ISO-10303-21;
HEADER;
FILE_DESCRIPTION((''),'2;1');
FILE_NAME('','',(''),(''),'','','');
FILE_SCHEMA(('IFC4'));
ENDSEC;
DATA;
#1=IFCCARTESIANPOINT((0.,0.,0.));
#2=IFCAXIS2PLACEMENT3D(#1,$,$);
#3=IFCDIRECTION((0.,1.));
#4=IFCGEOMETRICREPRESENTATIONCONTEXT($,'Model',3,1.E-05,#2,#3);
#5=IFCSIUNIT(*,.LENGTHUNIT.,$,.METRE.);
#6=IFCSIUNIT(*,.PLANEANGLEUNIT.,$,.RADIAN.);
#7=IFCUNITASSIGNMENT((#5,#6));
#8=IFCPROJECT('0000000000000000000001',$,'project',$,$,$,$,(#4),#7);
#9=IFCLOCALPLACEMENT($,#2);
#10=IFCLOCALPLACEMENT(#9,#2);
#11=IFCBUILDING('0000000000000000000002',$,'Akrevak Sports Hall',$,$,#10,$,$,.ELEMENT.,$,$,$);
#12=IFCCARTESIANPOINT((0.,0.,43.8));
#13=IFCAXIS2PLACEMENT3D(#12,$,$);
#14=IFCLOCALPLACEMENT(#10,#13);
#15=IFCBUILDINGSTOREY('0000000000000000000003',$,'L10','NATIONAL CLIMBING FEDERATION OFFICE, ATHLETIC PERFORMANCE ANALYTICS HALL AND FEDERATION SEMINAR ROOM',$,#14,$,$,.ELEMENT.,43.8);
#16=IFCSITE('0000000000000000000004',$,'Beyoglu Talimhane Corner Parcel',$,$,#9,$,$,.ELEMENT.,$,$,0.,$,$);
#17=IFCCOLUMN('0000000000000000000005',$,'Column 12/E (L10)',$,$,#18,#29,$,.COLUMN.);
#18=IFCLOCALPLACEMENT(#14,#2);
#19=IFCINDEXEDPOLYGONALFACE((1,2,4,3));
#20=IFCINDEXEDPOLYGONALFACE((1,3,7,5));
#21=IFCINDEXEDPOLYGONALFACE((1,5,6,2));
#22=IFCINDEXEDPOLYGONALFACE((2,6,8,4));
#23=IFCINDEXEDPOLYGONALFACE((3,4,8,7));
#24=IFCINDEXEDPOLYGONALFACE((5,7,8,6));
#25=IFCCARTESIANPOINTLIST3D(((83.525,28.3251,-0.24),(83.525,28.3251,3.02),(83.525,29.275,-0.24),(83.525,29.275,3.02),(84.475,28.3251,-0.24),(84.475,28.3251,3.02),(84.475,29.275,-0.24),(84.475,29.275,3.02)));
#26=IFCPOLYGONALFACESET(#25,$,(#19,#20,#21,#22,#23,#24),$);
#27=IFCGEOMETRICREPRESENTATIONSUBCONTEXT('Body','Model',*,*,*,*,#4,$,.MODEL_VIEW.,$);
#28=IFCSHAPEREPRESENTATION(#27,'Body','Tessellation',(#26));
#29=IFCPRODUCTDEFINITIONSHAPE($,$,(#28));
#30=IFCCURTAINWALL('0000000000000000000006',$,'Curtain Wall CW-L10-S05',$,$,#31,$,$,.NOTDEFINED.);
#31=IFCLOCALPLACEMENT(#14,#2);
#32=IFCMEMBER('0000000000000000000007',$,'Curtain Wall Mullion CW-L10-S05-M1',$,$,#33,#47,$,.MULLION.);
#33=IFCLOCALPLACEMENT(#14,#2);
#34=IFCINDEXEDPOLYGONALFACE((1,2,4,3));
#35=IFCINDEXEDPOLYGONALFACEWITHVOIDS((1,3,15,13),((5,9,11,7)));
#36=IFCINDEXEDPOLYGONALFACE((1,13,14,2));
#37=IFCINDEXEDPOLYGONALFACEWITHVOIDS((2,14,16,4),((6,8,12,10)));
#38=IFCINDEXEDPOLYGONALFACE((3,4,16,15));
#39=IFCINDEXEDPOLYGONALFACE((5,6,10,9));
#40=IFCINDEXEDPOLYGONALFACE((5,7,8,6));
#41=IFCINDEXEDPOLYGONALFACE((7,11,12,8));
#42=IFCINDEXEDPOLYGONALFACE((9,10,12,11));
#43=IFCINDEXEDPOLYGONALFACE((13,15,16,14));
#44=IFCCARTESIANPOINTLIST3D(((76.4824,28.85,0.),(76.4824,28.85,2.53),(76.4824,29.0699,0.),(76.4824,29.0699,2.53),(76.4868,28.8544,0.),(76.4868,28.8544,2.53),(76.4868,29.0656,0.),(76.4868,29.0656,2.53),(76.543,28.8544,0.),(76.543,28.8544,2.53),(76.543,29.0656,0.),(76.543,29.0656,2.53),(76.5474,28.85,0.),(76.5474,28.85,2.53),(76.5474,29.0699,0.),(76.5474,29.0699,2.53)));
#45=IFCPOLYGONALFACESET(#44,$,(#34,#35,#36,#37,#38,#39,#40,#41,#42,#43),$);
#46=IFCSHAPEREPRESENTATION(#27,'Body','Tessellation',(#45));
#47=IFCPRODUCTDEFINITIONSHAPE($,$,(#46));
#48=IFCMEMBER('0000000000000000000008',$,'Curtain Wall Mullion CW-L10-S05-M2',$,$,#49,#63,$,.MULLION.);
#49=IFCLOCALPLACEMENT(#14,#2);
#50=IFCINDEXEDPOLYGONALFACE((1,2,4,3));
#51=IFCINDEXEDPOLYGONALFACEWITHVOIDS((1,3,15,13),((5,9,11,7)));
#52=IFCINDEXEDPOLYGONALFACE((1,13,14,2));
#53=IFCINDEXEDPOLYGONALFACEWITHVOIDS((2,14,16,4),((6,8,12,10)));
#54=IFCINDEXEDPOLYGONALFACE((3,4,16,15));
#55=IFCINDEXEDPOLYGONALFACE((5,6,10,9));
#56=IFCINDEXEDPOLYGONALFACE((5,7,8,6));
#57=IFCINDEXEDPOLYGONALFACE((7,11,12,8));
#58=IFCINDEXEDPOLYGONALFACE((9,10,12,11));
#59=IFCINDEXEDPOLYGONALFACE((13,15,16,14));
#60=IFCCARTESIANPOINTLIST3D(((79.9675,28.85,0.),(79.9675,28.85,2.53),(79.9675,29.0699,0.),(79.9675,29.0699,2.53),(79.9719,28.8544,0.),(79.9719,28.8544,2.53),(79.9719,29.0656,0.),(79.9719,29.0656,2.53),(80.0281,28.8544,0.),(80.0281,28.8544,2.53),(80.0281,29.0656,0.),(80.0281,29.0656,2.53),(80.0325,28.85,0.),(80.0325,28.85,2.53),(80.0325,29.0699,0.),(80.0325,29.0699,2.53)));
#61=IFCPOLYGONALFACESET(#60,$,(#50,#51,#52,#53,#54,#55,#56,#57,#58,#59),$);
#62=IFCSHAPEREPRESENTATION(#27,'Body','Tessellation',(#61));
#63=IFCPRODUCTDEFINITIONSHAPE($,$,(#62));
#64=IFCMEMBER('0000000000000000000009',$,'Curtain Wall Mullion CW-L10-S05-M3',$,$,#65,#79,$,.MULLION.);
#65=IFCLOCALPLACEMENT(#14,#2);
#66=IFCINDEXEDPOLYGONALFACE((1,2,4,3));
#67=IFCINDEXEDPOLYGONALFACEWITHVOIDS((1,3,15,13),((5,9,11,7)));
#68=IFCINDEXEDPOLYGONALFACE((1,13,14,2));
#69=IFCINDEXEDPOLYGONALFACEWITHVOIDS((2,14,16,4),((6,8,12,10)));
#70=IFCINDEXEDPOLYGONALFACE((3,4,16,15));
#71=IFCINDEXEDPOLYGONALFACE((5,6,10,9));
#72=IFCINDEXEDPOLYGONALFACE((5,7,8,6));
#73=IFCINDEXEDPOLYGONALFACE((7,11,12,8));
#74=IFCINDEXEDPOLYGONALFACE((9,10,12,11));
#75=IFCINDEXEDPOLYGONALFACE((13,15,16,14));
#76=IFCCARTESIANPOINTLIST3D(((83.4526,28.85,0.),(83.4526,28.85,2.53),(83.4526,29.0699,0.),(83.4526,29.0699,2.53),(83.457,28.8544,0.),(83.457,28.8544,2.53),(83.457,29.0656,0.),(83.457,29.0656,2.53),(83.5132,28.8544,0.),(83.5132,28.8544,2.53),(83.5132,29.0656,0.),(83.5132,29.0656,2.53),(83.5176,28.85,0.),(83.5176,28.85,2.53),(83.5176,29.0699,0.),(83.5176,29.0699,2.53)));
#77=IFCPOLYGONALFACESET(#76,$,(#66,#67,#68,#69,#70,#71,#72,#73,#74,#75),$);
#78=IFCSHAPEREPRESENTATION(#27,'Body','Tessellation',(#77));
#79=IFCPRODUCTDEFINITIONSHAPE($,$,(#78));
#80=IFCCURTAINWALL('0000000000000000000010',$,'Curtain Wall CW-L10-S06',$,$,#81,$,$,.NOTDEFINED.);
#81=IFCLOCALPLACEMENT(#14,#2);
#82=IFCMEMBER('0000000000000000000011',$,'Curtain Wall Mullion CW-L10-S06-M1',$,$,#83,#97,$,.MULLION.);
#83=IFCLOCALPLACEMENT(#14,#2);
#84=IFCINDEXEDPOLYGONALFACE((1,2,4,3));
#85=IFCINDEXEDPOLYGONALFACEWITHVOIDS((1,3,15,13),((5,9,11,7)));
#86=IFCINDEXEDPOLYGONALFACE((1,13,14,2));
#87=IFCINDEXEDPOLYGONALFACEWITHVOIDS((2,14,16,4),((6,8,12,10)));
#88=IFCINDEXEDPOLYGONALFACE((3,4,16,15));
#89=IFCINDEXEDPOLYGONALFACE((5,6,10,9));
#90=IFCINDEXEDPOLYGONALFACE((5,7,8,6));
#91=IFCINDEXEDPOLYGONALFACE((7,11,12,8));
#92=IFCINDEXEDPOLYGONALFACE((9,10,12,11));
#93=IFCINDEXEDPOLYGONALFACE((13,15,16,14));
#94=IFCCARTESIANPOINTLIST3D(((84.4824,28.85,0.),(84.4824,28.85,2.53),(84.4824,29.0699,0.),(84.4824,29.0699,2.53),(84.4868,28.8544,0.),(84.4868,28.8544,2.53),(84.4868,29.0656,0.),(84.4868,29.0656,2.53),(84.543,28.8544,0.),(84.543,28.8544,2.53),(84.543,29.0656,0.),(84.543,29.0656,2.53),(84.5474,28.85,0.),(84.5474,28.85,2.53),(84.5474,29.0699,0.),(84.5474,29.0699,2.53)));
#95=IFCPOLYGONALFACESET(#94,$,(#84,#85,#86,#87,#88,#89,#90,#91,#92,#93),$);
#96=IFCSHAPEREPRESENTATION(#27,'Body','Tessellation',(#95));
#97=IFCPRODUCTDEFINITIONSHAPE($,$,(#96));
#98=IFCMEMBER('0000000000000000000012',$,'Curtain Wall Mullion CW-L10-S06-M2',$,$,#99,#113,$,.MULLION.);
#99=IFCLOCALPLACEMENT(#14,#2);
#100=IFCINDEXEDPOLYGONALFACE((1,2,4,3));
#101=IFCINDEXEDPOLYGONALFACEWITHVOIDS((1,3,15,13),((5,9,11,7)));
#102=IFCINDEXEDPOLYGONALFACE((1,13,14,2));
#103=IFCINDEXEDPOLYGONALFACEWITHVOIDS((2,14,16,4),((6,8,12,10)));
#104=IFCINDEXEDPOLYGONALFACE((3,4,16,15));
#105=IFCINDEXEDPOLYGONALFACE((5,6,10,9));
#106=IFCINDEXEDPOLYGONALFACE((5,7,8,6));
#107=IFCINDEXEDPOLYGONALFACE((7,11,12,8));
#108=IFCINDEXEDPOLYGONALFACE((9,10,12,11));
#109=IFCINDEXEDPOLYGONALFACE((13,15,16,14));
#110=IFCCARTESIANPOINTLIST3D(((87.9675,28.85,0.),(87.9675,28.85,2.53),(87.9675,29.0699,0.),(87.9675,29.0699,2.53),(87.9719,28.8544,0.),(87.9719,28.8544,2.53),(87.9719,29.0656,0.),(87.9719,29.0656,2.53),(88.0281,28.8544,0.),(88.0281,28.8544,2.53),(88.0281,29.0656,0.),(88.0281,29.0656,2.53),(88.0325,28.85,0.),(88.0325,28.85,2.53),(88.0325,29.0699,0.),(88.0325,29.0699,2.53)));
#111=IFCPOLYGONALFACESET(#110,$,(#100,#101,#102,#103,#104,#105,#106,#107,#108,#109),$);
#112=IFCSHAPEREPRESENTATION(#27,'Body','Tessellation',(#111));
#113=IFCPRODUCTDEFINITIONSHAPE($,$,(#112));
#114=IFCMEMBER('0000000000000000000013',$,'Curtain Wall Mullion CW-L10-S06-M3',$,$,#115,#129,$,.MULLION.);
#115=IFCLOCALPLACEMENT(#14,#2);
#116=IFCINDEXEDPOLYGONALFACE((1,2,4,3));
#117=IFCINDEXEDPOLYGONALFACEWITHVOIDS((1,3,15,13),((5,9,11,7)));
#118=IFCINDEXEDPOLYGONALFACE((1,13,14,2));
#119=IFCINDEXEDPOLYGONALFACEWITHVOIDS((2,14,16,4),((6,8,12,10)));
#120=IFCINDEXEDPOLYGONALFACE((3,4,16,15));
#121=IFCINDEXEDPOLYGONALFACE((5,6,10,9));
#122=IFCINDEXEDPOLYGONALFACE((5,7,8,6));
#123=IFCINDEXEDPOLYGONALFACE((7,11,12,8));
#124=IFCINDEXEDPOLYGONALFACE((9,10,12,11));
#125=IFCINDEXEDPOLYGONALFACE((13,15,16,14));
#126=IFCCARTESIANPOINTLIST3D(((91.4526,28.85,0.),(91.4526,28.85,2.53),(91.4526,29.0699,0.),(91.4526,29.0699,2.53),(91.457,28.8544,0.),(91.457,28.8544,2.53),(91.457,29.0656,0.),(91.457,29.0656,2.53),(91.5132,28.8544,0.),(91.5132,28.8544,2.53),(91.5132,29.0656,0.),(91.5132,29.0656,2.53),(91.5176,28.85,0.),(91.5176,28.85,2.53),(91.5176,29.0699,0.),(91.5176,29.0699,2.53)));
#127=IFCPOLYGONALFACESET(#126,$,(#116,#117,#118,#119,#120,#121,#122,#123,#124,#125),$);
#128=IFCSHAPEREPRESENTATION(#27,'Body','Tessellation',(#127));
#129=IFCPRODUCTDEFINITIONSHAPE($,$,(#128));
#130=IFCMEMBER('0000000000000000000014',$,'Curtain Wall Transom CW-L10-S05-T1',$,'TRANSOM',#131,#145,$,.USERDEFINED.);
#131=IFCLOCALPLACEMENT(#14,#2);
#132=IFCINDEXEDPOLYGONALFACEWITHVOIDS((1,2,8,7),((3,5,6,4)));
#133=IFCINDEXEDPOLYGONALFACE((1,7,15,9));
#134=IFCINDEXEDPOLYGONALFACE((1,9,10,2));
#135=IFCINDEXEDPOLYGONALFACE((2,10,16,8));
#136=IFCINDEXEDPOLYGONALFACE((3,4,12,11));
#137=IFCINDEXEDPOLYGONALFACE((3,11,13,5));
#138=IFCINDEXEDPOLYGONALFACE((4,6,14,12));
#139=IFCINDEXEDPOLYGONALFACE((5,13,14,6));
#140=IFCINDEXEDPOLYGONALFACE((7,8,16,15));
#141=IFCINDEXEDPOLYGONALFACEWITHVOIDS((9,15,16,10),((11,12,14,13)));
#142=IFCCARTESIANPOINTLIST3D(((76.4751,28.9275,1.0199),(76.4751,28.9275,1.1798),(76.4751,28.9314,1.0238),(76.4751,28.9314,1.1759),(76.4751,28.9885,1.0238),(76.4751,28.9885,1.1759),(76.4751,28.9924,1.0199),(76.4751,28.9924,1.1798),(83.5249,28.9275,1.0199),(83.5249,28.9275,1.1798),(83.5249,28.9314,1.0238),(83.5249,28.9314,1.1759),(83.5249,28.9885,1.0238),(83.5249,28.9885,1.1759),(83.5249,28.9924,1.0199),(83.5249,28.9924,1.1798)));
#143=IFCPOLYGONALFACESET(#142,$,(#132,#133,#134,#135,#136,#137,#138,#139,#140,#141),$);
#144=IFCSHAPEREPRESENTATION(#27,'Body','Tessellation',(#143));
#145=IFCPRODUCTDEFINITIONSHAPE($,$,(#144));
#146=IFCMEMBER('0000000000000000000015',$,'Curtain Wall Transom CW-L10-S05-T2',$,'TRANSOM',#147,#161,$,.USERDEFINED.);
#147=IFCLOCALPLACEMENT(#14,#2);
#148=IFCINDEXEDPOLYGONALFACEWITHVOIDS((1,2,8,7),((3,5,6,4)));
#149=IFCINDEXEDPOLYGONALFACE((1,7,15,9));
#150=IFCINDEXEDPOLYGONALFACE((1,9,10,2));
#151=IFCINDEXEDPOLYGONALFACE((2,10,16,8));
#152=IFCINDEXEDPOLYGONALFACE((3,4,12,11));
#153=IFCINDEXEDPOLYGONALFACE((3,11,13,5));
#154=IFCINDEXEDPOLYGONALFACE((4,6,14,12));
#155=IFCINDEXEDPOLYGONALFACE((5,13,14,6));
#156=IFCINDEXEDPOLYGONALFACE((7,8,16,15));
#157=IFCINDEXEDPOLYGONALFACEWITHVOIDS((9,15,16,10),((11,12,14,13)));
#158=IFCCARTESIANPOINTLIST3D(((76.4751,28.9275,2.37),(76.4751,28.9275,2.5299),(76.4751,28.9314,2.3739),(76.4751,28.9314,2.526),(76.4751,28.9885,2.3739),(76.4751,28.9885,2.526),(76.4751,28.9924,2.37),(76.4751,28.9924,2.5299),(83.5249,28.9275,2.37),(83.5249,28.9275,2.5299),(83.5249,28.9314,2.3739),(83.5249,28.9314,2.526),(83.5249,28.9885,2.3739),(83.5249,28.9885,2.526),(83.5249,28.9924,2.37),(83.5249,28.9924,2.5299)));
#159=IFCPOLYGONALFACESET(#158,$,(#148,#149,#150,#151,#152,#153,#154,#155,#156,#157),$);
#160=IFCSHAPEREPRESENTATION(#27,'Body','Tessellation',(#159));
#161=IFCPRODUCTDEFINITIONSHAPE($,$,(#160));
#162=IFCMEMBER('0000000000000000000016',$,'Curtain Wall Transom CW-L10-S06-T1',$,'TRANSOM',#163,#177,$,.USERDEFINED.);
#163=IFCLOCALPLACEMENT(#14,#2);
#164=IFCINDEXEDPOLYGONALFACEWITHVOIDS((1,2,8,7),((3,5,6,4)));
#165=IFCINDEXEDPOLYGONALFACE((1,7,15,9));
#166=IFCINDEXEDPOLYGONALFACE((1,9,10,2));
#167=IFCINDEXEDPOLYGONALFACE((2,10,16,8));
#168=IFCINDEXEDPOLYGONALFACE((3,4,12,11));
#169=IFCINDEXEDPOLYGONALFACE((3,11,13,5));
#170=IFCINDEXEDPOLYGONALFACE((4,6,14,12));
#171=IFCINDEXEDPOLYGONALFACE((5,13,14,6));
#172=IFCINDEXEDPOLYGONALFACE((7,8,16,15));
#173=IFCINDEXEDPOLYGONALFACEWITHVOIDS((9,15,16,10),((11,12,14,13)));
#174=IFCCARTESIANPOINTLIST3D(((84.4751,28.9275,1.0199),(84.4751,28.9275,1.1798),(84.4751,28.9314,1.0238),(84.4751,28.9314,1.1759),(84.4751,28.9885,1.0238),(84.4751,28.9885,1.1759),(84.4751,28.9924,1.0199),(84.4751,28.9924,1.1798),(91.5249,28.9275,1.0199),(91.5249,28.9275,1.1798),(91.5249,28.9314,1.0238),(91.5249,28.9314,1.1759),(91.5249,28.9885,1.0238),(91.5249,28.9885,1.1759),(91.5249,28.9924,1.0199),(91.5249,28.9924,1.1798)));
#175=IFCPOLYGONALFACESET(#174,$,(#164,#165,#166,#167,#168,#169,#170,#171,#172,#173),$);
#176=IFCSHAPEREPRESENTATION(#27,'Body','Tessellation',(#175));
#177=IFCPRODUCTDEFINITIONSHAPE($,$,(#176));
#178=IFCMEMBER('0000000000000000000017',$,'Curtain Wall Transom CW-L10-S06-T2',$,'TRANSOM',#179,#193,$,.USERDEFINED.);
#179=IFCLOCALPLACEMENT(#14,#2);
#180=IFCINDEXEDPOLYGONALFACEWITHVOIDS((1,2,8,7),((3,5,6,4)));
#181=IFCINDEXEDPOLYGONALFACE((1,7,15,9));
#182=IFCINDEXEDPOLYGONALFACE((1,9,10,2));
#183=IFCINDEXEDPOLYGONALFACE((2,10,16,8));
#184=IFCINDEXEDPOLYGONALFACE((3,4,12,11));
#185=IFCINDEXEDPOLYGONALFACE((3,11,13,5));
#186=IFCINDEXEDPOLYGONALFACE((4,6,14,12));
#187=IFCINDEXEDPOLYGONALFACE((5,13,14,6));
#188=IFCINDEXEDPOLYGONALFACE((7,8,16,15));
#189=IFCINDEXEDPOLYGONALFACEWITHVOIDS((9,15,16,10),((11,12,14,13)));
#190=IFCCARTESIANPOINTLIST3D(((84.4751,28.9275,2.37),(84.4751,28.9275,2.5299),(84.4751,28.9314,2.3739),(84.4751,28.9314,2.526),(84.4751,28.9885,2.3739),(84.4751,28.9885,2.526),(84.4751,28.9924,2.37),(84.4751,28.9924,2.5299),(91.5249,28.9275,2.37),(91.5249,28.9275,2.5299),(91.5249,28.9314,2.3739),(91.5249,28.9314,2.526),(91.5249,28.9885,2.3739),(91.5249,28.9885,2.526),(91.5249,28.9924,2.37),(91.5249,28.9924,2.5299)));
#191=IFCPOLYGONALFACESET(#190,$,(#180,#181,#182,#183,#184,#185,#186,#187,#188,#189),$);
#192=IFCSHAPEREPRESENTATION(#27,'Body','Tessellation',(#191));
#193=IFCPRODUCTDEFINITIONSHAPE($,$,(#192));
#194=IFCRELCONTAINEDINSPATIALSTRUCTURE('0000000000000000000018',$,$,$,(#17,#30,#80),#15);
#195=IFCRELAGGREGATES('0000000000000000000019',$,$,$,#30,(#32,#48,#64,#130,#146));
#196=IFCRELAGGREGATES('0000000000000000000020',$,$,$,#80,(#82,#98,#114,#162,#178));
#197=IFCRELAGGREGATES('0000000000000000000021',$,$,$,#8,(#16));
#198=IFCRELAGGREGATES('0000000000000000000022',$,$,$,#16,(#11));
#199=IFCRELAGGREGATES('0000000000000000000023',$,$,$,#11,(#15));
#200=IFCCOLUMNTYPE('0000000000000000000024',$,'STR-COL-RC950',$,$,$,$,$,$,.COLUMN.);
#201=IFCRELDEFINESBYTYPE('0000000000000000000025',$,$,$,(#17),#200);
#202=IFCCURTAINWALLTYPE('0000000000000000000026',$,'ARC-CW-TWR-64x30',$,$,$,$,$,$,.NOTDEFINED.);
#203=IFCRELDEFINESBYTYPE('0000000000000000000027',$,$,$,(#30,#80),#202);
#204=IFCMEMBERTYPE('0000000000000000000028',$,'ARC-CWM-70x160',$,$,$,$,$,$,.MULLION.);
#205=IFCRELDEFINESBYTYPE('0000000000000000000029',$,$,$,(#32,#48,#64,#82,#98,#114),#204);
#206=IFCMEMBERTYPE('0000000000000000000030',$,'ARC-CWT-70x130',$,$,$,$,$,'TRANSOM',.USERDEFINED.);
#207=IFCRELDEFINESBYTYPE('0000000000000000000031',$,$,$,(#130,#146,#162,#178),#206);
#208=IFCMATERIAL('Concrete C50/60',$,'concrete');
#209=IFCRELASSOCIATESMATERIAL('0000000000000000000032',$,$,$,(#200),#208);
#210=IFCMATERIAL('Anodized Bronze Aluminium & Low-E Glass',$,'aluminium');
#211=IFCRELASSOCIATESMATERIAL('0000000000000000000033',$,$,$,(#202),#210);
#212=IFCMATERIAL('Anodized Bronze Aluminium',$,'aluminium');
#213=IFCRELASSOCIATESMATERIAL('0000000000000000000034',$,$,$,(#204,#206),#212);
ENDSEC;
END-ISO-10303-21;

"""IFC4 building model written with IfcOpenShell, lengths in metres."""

from ifc_helpers import new_model, si_unit, direction, frame, origin, origin_2d, place, context, subcontext, project, spatial, rectangle, hollow_rectangle, extrude, material, material_profile, profile_set, type_object, element, aggregate, save


model = new_model("IFC4")

# Units and contexts
model_context = context("Model", 3, precision=1e-05, world=origin(), true_north=direction((0.0, 1.0)))
body_context = subcontext(model_context, "Body", "Model", "MODEL_VIEW")
ifc_project = project(units=[si_unit("LENGTHUNIT", "METRE"), si_unit("PLANEANGLEUNIT", "RADIAN")], contexts=[model_context])

# Site, building, storey
site_placement = place(None, origin())
site = spatial("IfcSite", under=ifc_project, at=site_placement, Name="Beyoglu Talimhane Corner Parcel", CompositionType="ELEMENT", RefElevation=0.0)
building_placement = place(site_placement, origin())
building = spatial("IfcBuilding", under=site, at=building_placement, Name="Akrevak Sports Hall", CompositionType="ELEMENT")
storey_placement = place(building_placement, frame((0.0, 0.0, 43.8)))
storey = spatial("IfcBuildingStorey", under=building, at=storey_placement, Name="L10", Description="NATIONAL CLIMBING FEDERATION OFFICE, ATHLETIC PERFORMANCE ANALYTICS HALL AND FEDERATION SEMINAR ROOM", CompositionType="ELEMENT", Elevation=43.8)

# Column
ifc_material_1 = material(Name="Concrete C50/60", Category="concrete")
ifc_material_profile_1 = material_profile(ifc_material_1, rectangle(XDim=0.95, YDim=0.95, at=origin_2d()), Name="RC 950x950", Category="concrete")
ifc_profile_set_1 = profile_set([ifc_material_profile_1], Name="Concrete C50/60")
column_type = type_object("IfcColumnType", Name="STR-COL-RC950", PredefinedType="COLUMN", material=ifc_profile_set_1)
column_placement = place(storey_placement, frame((84.0, 28.8, -0.24), z_axis=(0.0, 0.0, 1.0), x_axis=(1.0, 0.0, 0.0)))
element("IfcColumn", 1, at=column_placement, inside=storey, type_object=column_type, Name="Column 12/E (L10)", PredefinedType="COLUMN", context=body_context, shape_type="SweptSolid", body=[
    extrude(rectangle(XDim=0.95, YDim=0.95, at=origin_2d()), origin(), (0.0, 0.0, 1.0), 3.26),
])

# Curtain walls, members
ifc_material_2 = material(Name="Anodized Bronze Aluminium & Low-E Glass", Category="aluminium")
curtain_wall_type = type_object("IfcCurtainWallType", Name="ARC-CW-TWR-64x30", PredefinedType="NOTDEFINED", material=ifc_material_2)
curtain_wall_1_placement = place(storey_placement, origin())
curtain_wall_1 = element("IfcCurtainWall", 2, at=curtain_wall_1_placement, inside=storey, type_object=curtain_wall_type, Name="Curtain Wall CW-L10-S05", PredefinedType="NOTDEFINED")
ifc_material_3 = material(Name="Anodized Bronze Aluminium", Category="aluminium")
ifc_material_profile_2 = material_profile(ifc_material_3, hollow_rectangle(XDim=0.0649, YDim=0.22, WallThickness=0.0044, at=origin_2d()), Name="CWM 65x220", Category="aluminium")
ifc_profile_set_2 = profile_set([ifc_material_profile_2], Name="Anodized Bronze Aluminium")
member_type_1 = type_object("IfcMemberType", Name="ARC-CWM-70x160", PredefinedType="MULLION", material=ifc_profile_set_2)
member_1_placement = place(storey_placement, frame((76.5149, 28.96, 0.0), z_axis=(0.0, 0.0, 1.0), x_axis=(1.0, 0.0, 0.0)))
member_1 = element("IfcMember", 3, at=member_1_placement, type_object=member_type_1, Name="Curtain Wall Mullion CW-L10-S05-M1", PredefinedType="MULLION", context=body_context, shape_type="SweptSolid", body=[
    extrude(hollow_rectangle(XDim=0.0649, YDim=0.22, WallThickness=0.0044, at=origin_2d()), origin(), (0.0, 0.0, 1.0), 2.53),
])
member_2_placement = place(storey_placement, frame((80.0, 28.96, 0.0), z_axis=(0.0, 0.0, 1.0), x_axis=(1.0, 0.0, 0.0)))
member_2 = element("IfcMember", 4, at=member_2_placement, type_object=member_type_1, Name="Curtain Wall Mullion CW-L10-S05-M2", PredefinedType="MULLION", context=body_context, shape_type="SweptSolid", body=[
    extrude(hollow_rectangle(XDim=0.0649, YDim=0.22, WallThickness=0.0044, at=origin_2d()), origin(), (0.0, 0.0, 1.0), 2.53),
])
member_3_placement = place(storey_placement, frame((83.4851, 28.96, 0.0), z_axis=(0.0, 0.0, 1.0), x_axis=(1.0, 0.0, 0.0)))
member_3 = element("IfcMember", 5, at=member_3_placement, type_object=member_type_1, Name="Curtain Wall Mullion CW-L10-S05-M3", PredefinedType="MULLION", context=body_context, shape_type="SweptSolid", body=[
    extrude(hollow_rectangle(XDim=0.0649, YDim=0.22, WallThickness=0.0044, at=origin_2d()), origin(), (0.0, 0.0, 1.0), 2.53),
])
curtain_wall_2_placement = place(storey_placement, origin())
curtain_wall_2 = element("IfcCurtainWall", 6, at=curtain_wall_2_placement, inside=storey, type_object=curtain_wall_type, Name="Curtain Wall CW-L10-S06", PredefinedType="NOTDEFINED")
member_4_placement = place(storey_placement, frame((84.5149, 28.96, 0.0), z_axis=(0.0, 0.0, 1.0), x_axis=(1.0, 0.0, 0.0)))
member_4 = element("IfcMember", 7, at=member_4_placement, type_object=member_type_1, Name="Curtain Wall Mullion CW-L10-S06-M1", PredefinedType="MULLION", context=body_context, shape_type="SweptSolid", body=[
    extrude(hollow_rectangle(XDim=0.0649, YDim=0.22, WallThickness=0.0044, at=origin_2d()), origin(), (0.0, 0.0, 1.0), 2.53),
])
member_5_placement = place(storey_placement, frame((88.0, 28.96, 0.0), z_axis=(0.0, 0.0, 1.0), x_axis=(1.0, 0.0, 0.0)))
member_5 = element("IfcMember", 8, at=member_5_placement, type_object=member_type_1, Name="Curtain Wall Mullion CW-L10-S06-M2", PredefinedType="MULLION", context=body_context, shape_type="SweptSolid", body=[
    extrude(hollow_rectangle(XDim=0.0649, YDim=0.22, WallThickness=0.0044, at=origin_2d()), origin(), (0.0, 0.0, 1.0), 2.53),
])
member_6_placement = place(storey_placement, frame((91.4851, 28.96, 0.0), z_axis=(0.0, 0.0, 1.0), x_axis=(1.0, 0.0, 0.0)))
member_6 = element("IfcMember", 9, at=member_6_placement, type_object=member_type_1, Name="Curtain Wall Mullion CW-L10-S06-M3", PredefinedType="MULLION", context=body_context, shape_type="SweptSolid", body=[
    extrude(hollow_rectangle(XDim=0.0649, YDim=0.22, WallThickness=0.0044, at=origin_2d()), origin(), (0.0, 0.0, 1.0), 2.53),
])

# Members
ifc_material_profile_3 = material_profile(ifc_material_3, hollow_rectangle(XDim=0.0649, YDim=0.1599, WallThickness=0.0039, at=origin_2d()), Name="CWT 65x160", Category="aluminium")
ifc_profile_set_3 = profile_set([ifc_material_profile_3], Name="Anodized Bronze Aluminium")
member_type_2 = type_object("IfcMemberType", Name="ARC-CWT-70x130", ElementType="TRANSOM", PredefinedType="USERDEFINED", material=ifc_profile_set_3)
member_7_placement = place(storey_placement, frame((76.4751, 28.96, 1.0999), z_axis=(1.0, 0.0, 0.0), x_axis=(0.0, 1.0, 0.0)))
member_7 = element("IfcMember", 10, at=member_7_placement, type_object=member_type_2, Name="Curtain Wall Transom CW-L10-S05-T1", ObjectType="TRANSOM", PredefinedType="USERDEFINED", context=body_context, shape_type="SweptSolid", body=[
    extrude(hollow_rectangle(XDim=0.0649, YDim=0.1599, WallThickness=0.0039, at=origin_2d()), origin(), (0.0, 0.0, 1.0), 7.0498),
])
member_8_placement = place(storey_placement, frame((76.4751, 28.96, 2.45), z_axis=(1.0, 0.0, 0.0), x_axis=(0.0, 1.0, 0.0)))
member_8 = element("IfcMember", 11, at=member_8_placement, type_object=member_type_2, Name="Curtain Wall Transom CW-L10-S05-T2", ObjectType="TRANSOM", PredefinedType="USERDEFINED", context=body_context, shape_type="SweptSolid", body=[
    extrude(hollow_rectangle(XDim=0.0649, YDim=0.1599, WallThickness=0.0039, at=origin_2d()), origin(), (0.0, 0.0, 1.0), 7.0498),
])
member_9_placement = place(storey_placement, frame((84.4751, 28.96, 1.0999), z_axis=(1.0, 0.0, 0.0), x_axis=(0.0, 1.0, 0.0)))
member_9 = element("IfcMember", 12, at=member_9_placement, type_object=member_type_2, Name="Curtain Wall Transom CW-L10-S06-T1", ObjectType="TRANSOM", PredefinedType="USERDEFINED", context=body_context, shape_type="SweptSolid", body=[
    extrude(hollow_rectangle(XDim=0.0649, YDim=0.1599, WallThickness=0.0039, at=origin_2d()), origin(), (0.0, 0.0, 1.0), 7.0498),
])
member_10_placement = place(storey_placement, frame((84.4751, 28.96, 2.45), z_axis=(1.0, 0.0, 0.0), x_axis=(0.0, 1.0, 0.0)))
member_10 = element("IfcMember", 13, at=member_10_placement, type_object=member_type_2, Name="Curtain Wall Transom CW-L10-S06-T2", ObjectType="TRANSOM", PredefinedType="USERDEFINED", context=body_context, shape_type="SweptSolid", body=[
    extrude(hollow_rectangle(XDim=0.0649, YDim=0.1599, WallThickness=0.0039, at=origin_2d()), origin(), (0.0, 0.0, 1.0), 7.0498),
])

aggregate(curtain_wall_1, [member_1, member_2, member_3, member_7, member_8])
aggregate(curtain_wall_2, [member_4, member_5, member_6, member_9, member_10])

save(model, "model.ifc")
